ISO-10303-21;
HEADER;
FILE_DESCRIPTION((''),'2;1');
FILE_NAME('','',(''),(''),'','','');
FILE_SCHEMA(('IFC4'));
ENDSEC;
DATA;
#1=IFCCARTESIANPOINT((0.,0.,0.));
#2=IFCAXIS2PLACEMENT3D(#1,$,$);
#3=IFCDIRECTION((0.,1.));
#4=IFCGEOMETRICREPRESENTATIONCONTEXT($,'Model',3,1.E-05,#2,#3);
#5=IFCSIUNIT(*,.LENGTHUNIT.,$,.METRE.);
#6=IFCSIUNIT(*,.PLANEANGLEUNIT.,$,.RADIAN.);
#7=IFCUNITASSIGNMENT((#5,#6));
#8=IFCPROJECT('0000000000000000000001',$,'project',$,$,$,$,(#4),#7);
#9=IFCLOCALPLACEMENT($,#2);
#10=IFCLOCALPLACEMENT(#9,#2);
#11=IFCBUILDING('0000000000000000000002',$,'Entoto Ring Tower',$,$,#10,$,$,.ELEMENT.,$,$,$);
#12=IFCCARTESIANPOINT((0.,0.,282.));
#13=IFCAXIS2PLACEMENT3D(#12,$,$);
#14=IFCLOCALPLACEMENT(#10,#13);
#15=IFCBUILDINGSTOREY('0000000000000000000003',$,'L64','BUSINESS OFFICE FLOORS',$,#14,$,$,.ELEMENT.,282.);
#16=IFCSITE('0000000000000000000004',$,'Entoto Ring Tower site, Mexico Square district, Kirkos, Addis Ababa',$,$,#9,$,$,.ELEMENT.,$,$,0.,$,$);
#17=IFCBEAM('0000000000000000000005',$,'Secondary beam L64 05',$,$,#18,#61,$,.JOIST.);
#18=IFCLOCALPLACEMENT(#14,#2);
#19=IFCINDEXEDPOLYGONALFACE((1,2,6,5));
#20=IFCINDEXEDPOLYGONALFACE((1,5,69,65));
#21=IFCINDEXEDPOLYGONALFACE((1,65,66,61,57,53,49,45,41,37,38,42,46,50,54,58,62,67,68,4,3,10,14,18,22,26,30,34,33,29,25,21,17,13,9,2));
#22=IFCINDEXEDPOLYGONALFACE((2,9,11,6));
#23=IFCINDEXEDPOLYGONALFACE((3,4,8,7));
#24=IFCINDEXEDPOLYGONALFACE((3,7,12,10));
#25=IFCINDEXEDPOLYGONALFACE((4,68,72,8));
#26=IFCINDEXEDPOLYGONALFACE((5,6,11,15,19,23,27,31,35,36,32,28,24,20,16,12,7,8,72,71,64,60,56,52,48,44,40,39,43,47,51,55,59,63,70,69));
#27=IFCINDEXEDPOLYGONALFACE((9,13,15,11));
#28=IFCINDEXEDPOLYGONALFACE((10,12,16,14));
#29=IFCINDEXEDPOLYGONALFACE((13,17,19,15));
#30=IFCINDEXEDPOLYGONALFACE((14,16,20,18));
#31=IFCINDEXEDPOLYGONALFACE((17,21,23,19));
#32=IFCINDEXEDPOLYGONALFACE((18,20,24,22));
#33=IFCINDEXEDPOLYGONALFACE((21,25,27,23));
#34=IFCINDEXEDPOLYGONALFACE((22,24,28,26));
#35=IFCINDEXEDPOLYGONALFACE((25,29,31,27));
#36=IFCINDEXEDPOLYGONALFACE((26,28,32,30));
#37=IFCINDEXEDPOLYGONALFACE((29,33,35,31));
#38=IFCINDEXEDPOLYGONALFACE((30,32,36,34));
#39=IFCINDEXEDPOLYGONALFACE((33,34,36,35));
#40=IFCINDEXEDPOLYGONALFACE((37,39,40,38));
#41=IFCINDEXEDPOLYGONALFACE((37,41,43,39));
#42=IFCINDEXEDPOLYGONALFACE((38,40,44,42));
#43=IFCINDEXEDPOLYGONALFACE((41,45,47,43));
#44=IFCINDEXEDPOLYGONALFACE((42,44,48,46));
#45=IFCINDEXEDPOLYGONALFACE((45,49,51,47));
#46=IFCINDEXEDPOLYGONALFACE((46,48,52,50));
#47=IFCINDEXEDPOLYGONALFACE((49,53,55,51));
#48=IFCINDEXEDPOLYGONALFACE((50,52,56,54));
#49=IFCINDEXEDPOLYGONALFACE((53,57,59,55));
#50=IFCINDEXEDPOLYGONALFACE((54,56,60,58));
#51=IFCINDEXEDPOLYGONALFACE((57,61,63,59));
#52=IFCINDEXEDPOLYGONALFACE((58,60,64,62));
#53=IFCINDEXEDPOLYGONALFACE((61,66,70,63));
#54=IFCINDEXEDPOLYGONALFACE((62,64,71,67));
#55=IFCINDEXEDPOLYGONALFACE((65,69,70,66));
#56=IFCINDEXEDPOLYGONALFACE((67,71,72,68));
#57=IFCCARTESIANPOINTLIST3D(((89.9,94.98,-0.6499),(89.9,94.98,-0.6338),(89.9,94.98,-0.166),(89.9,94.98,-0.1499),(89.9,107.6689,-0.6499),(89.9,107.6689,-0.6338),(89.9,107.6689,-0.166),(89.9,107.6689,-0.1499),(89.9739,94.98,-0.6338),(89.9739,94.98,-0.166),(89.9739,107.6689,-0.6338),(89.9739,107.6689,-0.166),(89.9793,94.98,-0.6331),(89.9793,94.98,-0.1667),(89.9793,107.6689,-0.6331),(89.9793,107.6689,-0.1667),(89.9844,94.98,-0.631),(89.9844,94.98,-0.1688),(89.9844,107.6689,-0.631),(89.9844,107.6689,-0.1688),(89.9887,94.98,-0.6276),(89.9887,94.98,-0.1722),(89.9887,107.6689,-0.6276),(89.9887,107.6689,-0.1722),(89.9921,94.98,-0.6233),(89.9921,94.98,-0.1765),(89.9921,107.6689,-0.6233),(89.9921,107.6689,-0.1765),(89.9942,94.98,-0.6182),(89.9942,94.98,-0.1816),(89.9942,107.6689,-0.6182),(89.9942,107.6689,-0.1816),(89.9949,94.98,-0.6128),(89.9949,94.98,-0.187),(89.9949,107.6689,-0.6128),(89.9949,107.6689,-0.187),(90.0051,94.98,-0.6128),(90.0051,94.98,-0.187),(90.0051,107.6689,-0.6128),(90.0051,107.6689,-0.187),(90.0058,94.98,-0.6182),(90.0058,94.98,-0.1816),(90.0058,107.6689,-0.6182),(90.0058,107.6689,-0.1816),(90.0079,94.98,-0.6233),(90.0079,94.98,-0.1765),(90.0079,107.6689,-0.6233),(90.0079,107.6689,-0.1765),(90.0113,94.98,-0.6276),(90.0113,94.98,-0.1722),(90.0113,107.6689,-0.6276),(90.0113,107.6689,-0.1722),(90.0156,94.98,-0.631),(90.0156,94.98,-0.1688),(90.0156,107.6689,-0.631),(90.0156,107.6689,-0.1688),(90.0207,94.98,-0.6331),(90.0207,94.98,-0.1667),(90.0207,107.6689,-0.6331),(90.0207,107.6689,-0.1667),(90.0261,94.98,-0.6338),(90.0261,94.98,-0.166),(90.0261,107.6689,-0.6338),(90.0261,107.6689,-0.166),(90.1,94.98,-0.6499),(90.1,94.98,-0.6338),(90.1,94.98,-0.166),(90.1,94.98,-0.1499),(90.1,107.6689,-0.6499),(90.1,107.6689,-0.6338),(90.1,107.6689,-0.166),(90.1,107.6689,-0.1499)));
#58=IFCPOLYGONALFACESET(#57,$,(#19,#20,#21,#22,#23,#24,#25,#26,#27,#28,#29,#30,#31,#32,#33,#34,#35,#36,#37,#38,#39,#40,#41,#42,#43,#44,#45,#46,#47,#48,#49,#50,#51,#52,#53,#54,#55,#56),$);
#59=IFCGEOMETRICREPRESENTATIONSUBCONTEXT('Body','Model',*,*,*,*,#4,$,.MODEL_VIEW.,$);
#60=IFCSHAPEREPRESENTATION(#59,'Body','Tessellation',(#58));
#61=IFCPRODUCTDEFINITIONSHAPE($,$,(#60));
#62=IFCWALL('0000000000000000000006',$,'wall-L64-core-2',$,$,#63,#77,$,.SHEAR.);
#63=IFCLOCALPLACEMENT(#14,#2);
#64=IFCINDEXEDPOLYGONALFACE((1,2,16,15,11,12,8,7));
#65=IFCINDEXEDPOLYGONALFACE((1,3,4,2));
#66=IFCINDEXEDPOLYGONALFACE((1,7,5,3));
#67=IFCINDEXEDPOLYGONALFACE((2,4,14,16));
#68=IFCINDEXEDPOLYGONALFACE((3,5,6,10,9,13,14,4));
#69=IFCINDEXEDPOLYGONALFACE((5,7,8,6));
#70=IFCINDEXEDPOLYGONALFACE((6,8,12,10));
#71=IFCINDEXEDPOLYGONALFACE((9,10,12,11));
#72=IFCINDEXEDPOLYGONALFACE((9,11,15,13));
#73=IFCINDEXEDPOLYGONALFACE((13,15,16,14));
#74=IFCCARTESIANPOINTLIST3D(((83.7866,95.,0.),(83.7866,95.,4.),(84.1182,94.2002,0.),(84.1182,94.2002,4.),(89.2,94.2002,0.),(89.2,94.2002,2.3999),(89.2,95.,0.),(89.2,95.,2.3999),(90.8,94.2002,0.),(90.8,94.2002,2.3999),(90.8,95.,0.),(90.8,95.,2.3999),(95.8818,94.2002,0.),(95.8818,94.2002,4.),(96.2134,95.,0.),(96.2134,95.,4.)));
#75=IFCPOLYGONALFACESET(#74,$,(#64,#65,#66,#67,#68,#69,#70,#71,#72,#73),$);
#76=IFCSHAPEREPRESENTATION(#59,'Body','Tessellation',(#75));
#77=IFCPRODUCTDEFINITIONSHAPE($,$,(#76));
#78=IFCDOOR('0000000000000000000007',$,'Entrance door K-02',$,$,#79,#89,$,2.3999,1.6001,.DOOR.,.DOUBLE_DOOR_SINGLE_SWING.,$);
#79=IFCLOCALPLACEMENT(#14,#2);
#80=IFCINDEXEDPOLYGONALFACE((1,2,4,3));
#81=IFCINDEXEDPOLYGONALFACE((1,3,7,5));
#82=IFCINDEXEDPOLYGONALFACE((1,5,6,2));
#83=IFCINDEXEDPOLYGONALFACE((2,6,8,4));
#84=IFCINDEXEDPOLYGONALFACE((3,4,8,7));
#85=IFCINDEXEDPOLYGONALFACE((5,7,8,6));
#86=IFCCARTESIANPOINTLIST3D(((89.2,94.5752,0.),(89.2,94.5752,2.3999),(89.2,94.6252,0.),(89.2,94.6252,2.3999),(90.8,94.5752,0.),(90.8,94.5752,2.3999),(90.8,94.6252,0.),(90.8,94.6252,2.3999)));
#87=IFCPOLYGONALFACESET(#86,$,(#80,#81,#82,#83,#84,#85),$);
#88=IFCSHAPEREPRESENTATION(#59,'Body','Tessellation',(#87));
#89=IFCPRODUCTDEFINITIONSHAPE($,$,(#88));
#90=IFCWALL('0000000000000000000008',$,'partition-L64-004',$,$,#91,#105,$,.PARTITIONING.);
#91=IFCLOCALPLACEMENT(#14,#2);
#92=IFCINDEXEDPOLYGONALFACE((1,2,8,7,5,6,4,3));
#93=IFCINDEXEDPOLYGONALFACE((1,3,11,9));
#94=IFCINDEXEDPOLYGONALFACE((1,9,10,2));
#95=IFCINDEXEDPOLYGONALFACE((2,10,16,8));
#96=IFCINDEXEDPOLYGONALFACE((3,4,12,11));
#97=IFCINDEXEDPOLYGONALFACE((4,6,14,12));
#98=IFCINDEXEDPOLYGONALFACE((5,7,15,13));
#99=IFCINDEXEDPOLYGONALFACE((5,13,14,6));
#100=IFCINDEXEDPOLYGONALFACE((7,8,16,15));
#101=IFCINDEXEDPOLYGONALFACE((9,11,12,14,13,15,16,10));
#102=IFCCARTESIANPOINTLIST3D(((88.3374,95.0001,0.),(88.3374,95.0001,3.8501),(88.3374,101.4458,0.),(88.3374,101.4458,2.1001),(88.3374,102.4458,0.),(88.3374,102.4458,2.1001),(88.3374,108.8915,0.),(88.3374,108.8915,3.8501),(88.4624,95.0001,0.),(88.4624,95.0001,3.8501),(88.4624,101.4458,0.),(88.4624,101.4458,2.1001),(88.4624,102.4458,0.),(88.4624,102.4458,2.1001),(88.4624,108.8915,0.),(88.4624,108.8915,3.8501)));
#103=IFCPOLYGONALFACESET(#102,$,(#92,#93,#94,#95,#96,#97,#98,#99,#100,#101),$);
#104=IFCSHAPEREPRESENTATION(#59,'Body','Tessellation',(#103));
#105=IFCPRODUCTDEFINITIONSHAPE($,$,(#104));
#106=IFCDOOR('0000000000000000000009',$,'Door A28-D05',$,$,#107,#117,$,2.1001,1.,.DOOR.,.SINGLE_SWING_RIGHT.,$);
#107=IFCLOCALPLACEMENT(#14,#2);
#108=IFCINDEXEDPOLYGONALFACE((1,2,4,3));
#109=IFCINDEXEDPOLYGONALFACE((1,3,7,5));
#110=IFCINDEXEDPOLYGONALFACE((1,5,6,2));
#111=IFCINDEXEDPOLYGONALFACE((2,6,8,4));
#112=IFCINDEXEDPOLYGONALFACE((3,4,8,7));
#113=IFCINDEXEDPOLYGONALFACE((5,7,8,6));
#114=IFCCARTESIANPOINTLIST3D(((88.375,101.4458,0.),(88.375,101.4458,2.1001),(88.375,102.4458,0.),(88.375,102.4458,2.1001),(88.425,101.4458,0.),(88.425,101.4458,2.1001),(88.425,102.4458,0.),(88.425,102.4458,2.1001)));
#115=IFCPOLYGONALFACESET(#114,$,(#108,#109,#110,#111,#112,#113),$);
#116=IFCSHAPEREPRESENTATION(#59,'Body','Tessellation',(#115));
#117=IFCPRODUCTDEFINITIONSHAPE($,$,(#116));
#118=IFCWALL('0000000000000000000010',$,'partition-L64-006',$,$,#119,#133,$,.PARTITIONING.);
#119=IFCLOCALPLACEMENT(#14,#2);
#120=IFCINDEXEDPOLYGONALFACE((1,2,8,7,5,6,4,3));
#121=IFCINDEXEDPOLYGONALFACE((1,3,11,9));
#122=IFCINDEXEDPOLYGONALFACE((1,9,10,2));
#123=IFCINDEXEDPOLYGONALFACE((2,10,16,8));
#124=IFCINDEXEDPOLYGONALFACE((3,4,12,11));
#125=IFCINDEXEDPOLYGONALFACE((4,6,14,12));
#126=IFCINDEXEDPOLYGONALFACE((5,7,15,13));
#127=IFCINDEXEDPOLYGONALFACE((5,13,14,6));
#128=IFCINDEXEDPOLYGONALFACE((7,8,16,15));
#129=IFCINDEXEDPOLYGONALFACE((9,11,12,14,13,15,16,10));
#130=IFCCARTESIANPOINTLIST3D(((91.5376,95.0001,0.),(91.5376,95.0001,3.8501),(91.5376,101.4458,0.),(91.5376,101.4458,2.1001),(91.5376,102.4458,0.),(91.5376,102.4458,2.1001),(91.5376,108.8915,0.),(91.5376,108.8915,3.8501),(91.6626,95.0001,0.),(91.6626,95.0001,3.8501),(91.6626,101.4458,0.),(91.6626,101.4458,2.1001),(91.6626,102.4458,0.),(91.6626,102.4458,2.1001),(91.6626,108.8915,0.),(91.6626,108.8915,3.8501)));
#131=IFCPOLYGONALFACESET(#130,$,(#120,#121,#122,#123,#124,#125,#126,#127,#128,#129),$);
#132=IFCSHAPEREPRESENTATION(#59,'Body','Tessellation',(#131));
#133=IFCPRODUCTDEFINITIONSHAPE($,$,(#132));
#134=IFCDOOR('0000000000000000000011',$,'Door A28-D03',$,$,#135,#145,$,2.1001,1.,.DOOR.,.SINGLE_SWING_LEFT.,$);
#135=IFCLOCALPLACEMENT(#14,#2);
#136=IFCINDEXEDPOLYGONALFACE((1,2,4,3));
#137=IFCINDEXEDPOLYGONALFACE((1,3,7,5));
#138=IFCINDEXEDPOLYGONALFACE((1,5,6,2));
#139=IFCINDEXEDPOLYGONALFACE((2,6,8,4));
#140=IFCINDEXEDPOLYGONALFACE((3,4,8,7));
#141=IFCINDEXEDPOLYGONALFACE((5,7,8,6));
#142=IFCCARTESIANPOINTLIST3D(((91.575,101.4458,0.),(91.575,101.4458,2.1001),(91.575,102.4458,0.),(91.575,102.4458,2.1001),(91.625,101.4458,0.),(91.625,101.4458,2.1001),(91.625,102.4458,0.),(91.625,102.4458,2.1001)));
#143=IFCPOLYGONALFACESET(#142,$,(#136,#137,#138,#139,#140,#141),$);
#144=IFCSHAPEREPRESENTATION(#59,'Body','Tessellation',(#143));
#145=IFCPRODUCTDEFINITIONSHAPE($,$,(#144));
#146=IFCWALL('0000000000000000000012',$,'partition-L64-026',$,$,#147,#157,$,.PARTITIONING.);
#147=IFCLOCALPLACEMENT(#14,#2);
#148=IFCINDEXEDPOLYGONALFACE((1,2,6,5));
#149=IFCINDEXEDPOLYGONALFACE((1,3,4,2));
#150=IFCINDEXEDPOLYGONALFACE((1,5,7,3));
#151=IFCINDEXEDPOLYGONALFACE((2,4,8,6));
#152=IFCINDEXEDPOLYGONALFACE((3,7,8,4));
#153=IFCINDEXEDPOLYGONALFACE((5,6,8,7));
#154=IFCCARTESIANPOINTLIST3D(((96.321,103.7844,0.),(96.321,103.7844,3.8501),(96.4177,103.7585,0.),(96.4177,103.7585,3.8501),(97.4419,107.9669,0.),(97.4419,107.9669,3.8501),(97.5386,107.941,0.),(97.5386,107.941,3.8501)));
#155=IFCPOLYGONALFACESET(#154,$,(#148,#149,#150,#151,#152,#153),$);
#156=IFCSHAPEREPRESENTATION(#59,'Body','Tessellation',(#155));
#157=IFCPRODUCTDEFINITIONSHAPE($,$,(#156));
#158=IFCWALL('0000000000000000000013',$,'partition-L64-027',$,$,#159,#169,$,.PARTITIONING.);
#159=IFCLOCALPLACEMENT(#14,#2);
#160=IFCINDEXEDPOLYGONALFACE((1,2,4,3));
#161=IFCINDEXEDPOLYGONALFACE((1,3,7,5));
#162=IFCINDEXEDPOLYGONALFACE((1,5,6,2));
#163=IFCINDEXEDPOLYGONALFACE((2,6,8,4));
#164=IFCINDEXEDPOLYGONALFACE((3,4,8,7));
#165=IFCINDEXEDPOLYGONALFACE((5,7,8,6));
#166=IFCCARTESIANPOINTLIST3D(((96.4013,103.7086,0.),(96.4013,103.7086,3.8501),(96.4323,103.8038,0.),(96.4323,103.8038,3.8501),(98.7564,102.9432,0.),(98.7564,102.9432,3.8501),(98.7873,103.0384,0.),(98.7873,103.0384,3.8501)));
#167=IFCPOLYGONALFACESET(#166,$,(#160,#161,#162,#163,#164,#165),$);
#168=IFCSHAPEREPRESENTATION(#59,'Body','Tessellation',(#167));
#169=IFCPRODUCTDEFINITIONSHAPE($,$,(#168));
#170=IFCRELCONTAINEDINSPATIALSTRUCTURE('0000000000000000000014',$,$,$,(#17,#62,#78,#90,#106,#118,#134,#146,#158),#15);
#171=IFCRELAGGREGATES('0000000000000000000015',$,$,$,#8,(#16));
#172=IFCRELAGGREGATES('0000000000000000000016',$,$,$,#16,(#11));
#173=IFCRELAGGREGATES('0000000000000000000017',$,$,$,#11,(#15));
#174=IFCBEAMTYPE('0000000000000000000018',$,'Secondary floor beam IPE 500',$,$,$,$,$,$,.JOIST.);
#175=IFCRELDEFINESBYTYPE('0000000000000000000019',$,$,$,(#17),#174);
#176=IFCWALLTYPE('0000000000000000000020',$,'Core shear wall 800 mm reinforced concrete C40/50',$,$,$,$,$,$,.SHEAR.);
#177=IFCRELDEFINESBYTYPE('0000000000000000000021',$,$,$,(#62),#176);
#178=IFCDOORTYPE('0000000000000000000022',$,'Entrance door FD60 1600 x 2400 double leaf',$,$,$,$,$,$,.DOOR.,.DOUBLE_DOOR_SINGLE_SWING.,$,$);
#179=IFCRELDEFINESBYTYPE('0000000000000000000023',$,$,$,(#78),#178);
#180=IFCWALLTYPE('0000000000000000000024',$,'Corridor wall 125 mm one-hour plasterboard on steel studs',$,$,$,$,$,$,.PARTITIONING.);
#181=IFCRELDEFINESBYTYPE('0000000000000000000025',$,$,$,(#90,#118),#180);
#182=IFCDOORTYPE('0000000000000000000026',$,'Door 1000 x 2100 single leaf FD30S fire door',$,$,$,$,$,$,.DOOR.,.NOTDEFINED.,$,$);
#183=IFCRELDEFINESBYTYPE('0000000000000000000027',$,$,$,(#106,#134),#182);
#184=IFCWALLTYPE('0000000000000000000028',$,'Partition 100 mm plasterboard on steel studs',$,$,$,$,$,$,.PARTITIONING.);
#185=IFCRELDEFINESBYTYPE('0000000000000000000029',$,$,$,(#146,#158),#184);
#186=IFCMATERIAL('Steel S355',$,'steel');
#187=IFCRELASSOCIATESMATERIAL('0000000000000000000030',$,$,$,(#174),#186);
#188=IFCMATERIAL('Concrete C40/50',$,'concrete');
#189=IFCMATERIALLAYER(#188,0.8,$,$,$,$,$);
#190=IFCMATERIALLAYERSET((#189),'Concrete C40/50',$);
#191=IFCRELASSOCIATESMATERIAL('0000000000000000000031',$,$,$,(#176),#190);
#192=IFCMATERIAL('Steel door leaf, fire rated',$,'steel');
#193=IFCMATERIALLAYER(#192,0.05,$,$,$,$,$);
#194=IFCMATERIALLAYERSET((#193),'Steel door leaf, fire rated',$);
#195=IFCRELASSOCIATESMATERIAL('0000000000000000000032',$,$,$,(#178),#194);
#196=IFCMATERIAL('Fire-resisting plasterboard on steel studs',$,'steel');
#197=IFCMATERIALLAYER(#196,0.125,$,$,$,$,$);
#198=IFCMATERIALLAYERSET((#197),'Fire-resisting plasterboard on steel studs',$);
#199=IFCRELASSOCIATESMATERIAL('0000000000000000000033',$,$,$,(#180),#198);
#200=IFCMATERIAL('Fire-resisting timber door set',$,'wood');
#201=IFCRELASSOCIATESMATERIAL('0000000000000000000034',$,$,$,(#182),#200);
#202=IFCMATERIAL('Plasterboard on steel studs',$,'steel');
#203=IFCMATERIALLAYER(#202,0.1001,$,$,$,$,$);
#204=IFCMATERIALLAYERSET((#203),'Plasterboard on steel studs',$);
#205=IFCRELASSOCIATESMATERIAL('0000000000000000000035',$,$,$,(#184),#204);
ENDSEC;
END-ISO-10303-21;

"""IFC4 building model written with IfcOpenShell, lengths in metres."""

from ifc_helpers import new_model, si_unit, direction, frame, frame_2d, origin, origin_2d, place, context, subcontext, project, spatial, polyline, rectangle, i_section, outline, extrude, material, layer, layer_set, material_profile, profile_set, type_object, element, fill, save


model = new_model("IFC4")

# Units and contexts
model_context = context("Model", 3, precision=1e-05, world=origin(), true_north=direction((0.0, 1.0)))
body_context = subcontext(model_context, "Body", "Model", "MODEL_VIEW")
ifc_project = project(units=[si_unit("LENGTHUNIT", "METRE"), si_unit("PLANEANGLEUNIT", "RADIAN")], contexts=[model_context])

# Site, building, storey
site_placement = place(None, origin())
site = spatial("IfcSite", under=ifc_project, at=site_placement, Name="Entoto Ring Tower site, Mexico Square district, Kirkos, Addis Ababa", CompositionType="ELEMENT", RefElevation=0.0)
building_placement = place(site_placement, origin())
building = spatial("IfcBuilding", under=site, at=building_placement, Name="Entoto Ring Tower", CompositionType="ELEMENT")
storey_placement = place(building_placement, frame((0.0, 0.0, 282.0)))
storey = spatial("IfcBuildingStorey", under=building, at=storey_placement, Name="L64", Description="BUSINESS OFFICE FLOORS", CompositionType="ELEMENT", Elevation=282.0)

# Beam
ifc_material_1 = material(Name="Steel S355", Category="steel")
ifc_material_profile_1 = material_profile(ifc_material_1, i_section(OverallWidth=0.2, OverallDepth=0.5, WebThickness=0.0103, FlangeThickness=0.0161, FilletRadius=0.021, at=origin_2d()), Name="IPE 500")
ifc_profile_set_1 = profile_set([ifc_material_profile_1], Name="Steel S355")
beam_type_1 = type_object("IfcBeamType", Name="Secondary floor beam IPE 500", PredefinedType="JOIST", material=ifc_profile_set_1)
beam_1_placement = place(storey_placement, frame((90.0, 94.98, -0.3999), z_axis=(0.0, 1.0, 0.0), x_axis=(-1.0, 0.0, 0.0)))
element("IfcBeam", 1, at=beam_1_placement, inside=storey, type_object=beam_type_1, Name="Secondary beam L64 05", PredefinedType="JOIST", context=body_context, shape_type="SweptSolid", body=[
    extrude(i_section(OverallWidth=0.2, OverallDepth=0.5, WebThickness=0.0103, FlangeThickness=0.0161, FilletRadius=0.021, at=origin_2d()), origin(), (0.0, 0.0, 1.0), 12.689),
])

# Walls, openings, doors
ifc_material_2 = material(Name="Concrete C40/50", Category="concrete")
ifc_layer_1 = layer(ifc_material_2, 0.8)
ifc_layer_set_1 = layer_set([ifc_layer_1], Name="Concrete C40/50")
wall_type_1 = type_object("IfcWallType", Name="Core shear wall 800 mm reinforced concrete C40/50", PredefinedType="SHEAR", material=ifc_layer_set_1)
wall_1_placement = place(storey_placement, frame((96.0476, 94.6001, 0.0), z_axis=(0.0, 0.0, 1.0), x_axis=(-1.0, 0.0, 0.0)))
wall_1 = element("IfcWall", 2, at=wall_1_placement, inside=storey, type_object=wall_type_1, Name="wall-L64-core-2", PredefinedType="SHEAR", context=body_context, shape_type="SweptSolid", body=[
    extrude(outline(polyline([(-0.1658, -0.3999), (12.261, -0.3999), (11.9294, 0.3999), (0.1658, 0.3999), (-0.1658, -0.3999)])), origin(), (0.0, 0.0, 1.0), 4.0),
])
opening_1_placement = place(wall_1_placement, frame((5.2476, 0.0, 0.0)))
opening_1 = element("IfcOpeningElement", 3, at=opening_1_placement, cuts=wall_1, PredefinedType="OPENING", context=body_context, shape_type="SweptSolid", body=[
    extrude(rectangle(XDim=1.6001, YDim=2.3999, at=frame_2d((0.8, 1.2))), frame((0.0, 0.4102, 0.0), z_axis=(0.0, -1.0, 0.0), x_axis=(1.0, 0.0, 0.0)), (0.0, 0.0, 1.0), 0.8201),
])
ifc_material_3 = material(Name="Steel door leaf, fire rated", Category="steel")
ifc_layer_2 = layer(ifc_material_3, 0.05)
ifc_layer_set_2 = layer_set([ifc_layer_2], Name="Steel door leaf, fire rated")
door_type_1 = type_object("IfcDoorType", Name="Entrance door FD60 1600 x 2400 double leaf", OperationType="DOUBLE_DOOR_SINGLE_SWING", PredefinedType="DOOR", material=ifc_layer_set_2)
door_1_placement = place(opening_1_placement, origin())
door_1 = element("IfcDoor", 4, at=door_1_placement, inside=storey, type_object=door_type_1, Name="Entrance door K-02", OperationType="DOUBLE_DOOR_SINGLE_SWING", OverallHeight=2.3999, OverallWidth=1.6001, PredefinedType="DOOR", context=body_context, shape_type="SweptSolid", body=[
    extrude(rectangle(XDim=1.6001, YDim=2.3999, at=frame_2d((0.8, 1.2))), frame((0.0, 0.0249, 0.0), z_axis=(0.0, -1.0, 0.0), x_axis=(1.0, 0.0, 0.0)), (0.0, 0.0, 1.0), 0.05),
])
fill(opening_1, door_1)
ifc_material_4 = material(Name="Fire-resisting plasterboard on steel studs", Category="steel")
ifc_layer_3 = layer(ifc_material_4, 0.125)
ifc_layer_set_3 = layer_set([ifc_layer_3], Name="Fire-resisting plasterboard on steel studs")
wall_type_2 = type_object("IfcWallType", Name="Corridor wall 125 mm one-hour plasterboard on steel studs", PredefinedType="PARTITIONING", material=ifc_layer_set_3)
wall_2_placement = place(storey_placement, frame((88.3999, 95.0, 0.0), z_axis=(0.0, 0.0, 1.0), x_axis=(0.0, 1.0, 0.0)))
wall_2 = element("IfcWall", 5, at=wall_2_placement, inside=storey, type_object=wall_type_2, Name="partition-L64-004", PredefinedType="PARTITIONING", context=body_context, shape_type="SweptSolid", body=[
    extrude(rectangle(XDim=13.8914, YDim=0.125, at=frame_2d((6.9458, 0.0))), origin(), (0.0, 0.0, 1.0), 3.8501),
])
opening_2_placement = place(wall_2_placement, frame((6.4458, 0.0, 0.0)))
opening_2 = element("IfcOpeningElement", 6, at=opening_2_placement, cuts=wall_2, PredefinedType="OPENING", context=body_context, shape_type="SweptSolid", body=[
    extrude(rectangle(XDim=1.0, YDim=2.1001, at=frame_2d((0.5, 1.05))), frame((0.0, 0.0725, 0.0), z_axis=(0.0, -1.0, 0.0), x_axis=(1.0, 0.0, 0.0)), (0.0, 0.0, 1.0), 0.145),
])
ifc_material_5 = material(Name="Fire-resisting timber door set", Category="wood")
door_type_2 = type_object("IfcDoorType", Name="Door 1000 x 2100 single leaf FD30S fire door", OperationType="NOTDEFINED", PredefinedType="DOOR", material=ifc_material_5)
door_2_placement = place(opening_2_placement, origin())
door_2 = element("IfcDoor", 7, at=door_2_placement, inside=storey, type_object=door_type_2, Name="Door A28-D05", OperationType="SINGLE_SWING_RIGHT", OverallHeight=2.1001, OverallWidth=1.0, PredefinedType="DOOR", context=body_context, shape_type="SweptSolid", body=[
    extrude(rectangle(XDim=1.0, YDim=2.1001, at=frame_2d((0.5, 1.05))), frame((0.0, 0.0249, 0.0), z_axis=(0.0, -1.0, 0.0), x_axis=(1.0, 0.0, 0.0)), (0.0, 0.0, 1.0), 0.05),
])
fill(opening_2, door_2)
wall_3_placement = place(storey_placement, frame((91.6001, 95.0, 0.0), z_axis=(0.0, 0.0, 1.0), x_axis=(0.0, 1.0, 0.0)))
wall_3 = element("IfcWall", 8, at=wall_3_placement, inside=storey, type_object=wall_type_2, Name="partition-L64-006", PredefinedType="PARTITIONING", context=body_context, shape_type="SweptSolid", body=[
    extrude(rectangle(XDim=13.8914, YDim=0.125, at=frame_2d((6.9458, 0.0))), origin(), (0.0, 0.0, 1.0), 3.8501),
])
opening_3_placement = place(wall_3_placement, frame((6.4458, 0.0, 0.0)))
opening_3 = element("IfcOpeningElement", 9, at=opening_3_placement, cuts=wall_3, PredefinedType="OPENING", context=body_context, shape_type="SweptSolid", body=[
    extrude(rectangle(XDim=1.0, YDim=2.1001, at=frame_2d((0.5, 1.05))), frame((0.0, 0.0725, 0.0), z_axis=(0.0, -1.0, 0.0), x_axis=(1.0, 0.0, 0.0)), (0.0, 0.0, 1.0), 0.145),
])
door_3_placement = place(opening_3_placement, frame((1.0, 0.0, 0.0), z_axis=(0.0, 0.0, 1.0), x_axis=(-1.0, 0.0, 0.0)))
door_3 = element("IfcDoor", 10, at=door_3_placement, inside=storey, type_object=door_type_2, Name="Door A28-D03", OperationType="SINGLE_SWING_LEFT", OverallHeight=2.1001, OverallWidth=1.0, PredefinedType="DOOR", context=body_context, shape_type="SweptSolid", body=[
    extrude(rectangle(XDim=1.0, YDim=2.1001, at=frame_2d((0.5, 1.05))), frame((0.0, 0.0249, 0.0), z_axis=(0.0, -1.0, 0.0), x_axis=(1.0, 0.0, 0.0)), (0.0, 0.0, 1.0), 0.05),
])
fill(opening_3, door_3)

# Walls
ifc_material_6 = material(Name="Plasterboard on steel studs", Category="steel")
ifc_layer_4 = layer(ifc_material_6, 0.1001)
ifc_layer_set_4 = layer_set([ifc_layer_4], Name="Plasterboard on steel studs")
wall_type_3 = type_object("IfcWallType", Name="Partition 100 mm plasterboard on steel studs", PredefinedType="PARTITIONING", material=ifc_layer_set_4)
wall_4_placement = place(storey_placement, frame((96.3694, 103.7715, 0.0), z_axis=(0.0, 0.0, 1.0), x_axis=(0.258859, 0.965915, 0.0)))
element("IfcWall", 11, at=wall_4_placement, inside=storey, type_object=wall_type_3, Name="partition-L64-026", PredefinedType="PARTITIONING", context=body_context, shape_type="SweptSolid", body=[
    extrude(rectangle(XDim=4.3301, YDim=0.1001, at=frame_2d((2.165, 0.0))), origin(), (0.0, 0.0, 1.0), 3.8501),
])
wall_5_placement = place(storey_placement, frame((98.772, 102.9907, 0.0), z_axis=(0.0, 0.0, 1.0), x_axis=(-0.951033, 0.309091, 0.0)))
element("IfcWall", 12, at=wall_5_placement, inside=storey, type_object=wall_type_3, Name="partition-L64-027", PredefinedType="PARTITIONING", context=body_context, shape_type="SweptSolid", body=[
    extrude(rectangle(XDim=2.4763, YDim=0.1001, at=frame_2d((1.2383, 0.0))), origin(), (0.0, 0.0, 1.0), 3.8501),
])

save(model, "model.ifc")
